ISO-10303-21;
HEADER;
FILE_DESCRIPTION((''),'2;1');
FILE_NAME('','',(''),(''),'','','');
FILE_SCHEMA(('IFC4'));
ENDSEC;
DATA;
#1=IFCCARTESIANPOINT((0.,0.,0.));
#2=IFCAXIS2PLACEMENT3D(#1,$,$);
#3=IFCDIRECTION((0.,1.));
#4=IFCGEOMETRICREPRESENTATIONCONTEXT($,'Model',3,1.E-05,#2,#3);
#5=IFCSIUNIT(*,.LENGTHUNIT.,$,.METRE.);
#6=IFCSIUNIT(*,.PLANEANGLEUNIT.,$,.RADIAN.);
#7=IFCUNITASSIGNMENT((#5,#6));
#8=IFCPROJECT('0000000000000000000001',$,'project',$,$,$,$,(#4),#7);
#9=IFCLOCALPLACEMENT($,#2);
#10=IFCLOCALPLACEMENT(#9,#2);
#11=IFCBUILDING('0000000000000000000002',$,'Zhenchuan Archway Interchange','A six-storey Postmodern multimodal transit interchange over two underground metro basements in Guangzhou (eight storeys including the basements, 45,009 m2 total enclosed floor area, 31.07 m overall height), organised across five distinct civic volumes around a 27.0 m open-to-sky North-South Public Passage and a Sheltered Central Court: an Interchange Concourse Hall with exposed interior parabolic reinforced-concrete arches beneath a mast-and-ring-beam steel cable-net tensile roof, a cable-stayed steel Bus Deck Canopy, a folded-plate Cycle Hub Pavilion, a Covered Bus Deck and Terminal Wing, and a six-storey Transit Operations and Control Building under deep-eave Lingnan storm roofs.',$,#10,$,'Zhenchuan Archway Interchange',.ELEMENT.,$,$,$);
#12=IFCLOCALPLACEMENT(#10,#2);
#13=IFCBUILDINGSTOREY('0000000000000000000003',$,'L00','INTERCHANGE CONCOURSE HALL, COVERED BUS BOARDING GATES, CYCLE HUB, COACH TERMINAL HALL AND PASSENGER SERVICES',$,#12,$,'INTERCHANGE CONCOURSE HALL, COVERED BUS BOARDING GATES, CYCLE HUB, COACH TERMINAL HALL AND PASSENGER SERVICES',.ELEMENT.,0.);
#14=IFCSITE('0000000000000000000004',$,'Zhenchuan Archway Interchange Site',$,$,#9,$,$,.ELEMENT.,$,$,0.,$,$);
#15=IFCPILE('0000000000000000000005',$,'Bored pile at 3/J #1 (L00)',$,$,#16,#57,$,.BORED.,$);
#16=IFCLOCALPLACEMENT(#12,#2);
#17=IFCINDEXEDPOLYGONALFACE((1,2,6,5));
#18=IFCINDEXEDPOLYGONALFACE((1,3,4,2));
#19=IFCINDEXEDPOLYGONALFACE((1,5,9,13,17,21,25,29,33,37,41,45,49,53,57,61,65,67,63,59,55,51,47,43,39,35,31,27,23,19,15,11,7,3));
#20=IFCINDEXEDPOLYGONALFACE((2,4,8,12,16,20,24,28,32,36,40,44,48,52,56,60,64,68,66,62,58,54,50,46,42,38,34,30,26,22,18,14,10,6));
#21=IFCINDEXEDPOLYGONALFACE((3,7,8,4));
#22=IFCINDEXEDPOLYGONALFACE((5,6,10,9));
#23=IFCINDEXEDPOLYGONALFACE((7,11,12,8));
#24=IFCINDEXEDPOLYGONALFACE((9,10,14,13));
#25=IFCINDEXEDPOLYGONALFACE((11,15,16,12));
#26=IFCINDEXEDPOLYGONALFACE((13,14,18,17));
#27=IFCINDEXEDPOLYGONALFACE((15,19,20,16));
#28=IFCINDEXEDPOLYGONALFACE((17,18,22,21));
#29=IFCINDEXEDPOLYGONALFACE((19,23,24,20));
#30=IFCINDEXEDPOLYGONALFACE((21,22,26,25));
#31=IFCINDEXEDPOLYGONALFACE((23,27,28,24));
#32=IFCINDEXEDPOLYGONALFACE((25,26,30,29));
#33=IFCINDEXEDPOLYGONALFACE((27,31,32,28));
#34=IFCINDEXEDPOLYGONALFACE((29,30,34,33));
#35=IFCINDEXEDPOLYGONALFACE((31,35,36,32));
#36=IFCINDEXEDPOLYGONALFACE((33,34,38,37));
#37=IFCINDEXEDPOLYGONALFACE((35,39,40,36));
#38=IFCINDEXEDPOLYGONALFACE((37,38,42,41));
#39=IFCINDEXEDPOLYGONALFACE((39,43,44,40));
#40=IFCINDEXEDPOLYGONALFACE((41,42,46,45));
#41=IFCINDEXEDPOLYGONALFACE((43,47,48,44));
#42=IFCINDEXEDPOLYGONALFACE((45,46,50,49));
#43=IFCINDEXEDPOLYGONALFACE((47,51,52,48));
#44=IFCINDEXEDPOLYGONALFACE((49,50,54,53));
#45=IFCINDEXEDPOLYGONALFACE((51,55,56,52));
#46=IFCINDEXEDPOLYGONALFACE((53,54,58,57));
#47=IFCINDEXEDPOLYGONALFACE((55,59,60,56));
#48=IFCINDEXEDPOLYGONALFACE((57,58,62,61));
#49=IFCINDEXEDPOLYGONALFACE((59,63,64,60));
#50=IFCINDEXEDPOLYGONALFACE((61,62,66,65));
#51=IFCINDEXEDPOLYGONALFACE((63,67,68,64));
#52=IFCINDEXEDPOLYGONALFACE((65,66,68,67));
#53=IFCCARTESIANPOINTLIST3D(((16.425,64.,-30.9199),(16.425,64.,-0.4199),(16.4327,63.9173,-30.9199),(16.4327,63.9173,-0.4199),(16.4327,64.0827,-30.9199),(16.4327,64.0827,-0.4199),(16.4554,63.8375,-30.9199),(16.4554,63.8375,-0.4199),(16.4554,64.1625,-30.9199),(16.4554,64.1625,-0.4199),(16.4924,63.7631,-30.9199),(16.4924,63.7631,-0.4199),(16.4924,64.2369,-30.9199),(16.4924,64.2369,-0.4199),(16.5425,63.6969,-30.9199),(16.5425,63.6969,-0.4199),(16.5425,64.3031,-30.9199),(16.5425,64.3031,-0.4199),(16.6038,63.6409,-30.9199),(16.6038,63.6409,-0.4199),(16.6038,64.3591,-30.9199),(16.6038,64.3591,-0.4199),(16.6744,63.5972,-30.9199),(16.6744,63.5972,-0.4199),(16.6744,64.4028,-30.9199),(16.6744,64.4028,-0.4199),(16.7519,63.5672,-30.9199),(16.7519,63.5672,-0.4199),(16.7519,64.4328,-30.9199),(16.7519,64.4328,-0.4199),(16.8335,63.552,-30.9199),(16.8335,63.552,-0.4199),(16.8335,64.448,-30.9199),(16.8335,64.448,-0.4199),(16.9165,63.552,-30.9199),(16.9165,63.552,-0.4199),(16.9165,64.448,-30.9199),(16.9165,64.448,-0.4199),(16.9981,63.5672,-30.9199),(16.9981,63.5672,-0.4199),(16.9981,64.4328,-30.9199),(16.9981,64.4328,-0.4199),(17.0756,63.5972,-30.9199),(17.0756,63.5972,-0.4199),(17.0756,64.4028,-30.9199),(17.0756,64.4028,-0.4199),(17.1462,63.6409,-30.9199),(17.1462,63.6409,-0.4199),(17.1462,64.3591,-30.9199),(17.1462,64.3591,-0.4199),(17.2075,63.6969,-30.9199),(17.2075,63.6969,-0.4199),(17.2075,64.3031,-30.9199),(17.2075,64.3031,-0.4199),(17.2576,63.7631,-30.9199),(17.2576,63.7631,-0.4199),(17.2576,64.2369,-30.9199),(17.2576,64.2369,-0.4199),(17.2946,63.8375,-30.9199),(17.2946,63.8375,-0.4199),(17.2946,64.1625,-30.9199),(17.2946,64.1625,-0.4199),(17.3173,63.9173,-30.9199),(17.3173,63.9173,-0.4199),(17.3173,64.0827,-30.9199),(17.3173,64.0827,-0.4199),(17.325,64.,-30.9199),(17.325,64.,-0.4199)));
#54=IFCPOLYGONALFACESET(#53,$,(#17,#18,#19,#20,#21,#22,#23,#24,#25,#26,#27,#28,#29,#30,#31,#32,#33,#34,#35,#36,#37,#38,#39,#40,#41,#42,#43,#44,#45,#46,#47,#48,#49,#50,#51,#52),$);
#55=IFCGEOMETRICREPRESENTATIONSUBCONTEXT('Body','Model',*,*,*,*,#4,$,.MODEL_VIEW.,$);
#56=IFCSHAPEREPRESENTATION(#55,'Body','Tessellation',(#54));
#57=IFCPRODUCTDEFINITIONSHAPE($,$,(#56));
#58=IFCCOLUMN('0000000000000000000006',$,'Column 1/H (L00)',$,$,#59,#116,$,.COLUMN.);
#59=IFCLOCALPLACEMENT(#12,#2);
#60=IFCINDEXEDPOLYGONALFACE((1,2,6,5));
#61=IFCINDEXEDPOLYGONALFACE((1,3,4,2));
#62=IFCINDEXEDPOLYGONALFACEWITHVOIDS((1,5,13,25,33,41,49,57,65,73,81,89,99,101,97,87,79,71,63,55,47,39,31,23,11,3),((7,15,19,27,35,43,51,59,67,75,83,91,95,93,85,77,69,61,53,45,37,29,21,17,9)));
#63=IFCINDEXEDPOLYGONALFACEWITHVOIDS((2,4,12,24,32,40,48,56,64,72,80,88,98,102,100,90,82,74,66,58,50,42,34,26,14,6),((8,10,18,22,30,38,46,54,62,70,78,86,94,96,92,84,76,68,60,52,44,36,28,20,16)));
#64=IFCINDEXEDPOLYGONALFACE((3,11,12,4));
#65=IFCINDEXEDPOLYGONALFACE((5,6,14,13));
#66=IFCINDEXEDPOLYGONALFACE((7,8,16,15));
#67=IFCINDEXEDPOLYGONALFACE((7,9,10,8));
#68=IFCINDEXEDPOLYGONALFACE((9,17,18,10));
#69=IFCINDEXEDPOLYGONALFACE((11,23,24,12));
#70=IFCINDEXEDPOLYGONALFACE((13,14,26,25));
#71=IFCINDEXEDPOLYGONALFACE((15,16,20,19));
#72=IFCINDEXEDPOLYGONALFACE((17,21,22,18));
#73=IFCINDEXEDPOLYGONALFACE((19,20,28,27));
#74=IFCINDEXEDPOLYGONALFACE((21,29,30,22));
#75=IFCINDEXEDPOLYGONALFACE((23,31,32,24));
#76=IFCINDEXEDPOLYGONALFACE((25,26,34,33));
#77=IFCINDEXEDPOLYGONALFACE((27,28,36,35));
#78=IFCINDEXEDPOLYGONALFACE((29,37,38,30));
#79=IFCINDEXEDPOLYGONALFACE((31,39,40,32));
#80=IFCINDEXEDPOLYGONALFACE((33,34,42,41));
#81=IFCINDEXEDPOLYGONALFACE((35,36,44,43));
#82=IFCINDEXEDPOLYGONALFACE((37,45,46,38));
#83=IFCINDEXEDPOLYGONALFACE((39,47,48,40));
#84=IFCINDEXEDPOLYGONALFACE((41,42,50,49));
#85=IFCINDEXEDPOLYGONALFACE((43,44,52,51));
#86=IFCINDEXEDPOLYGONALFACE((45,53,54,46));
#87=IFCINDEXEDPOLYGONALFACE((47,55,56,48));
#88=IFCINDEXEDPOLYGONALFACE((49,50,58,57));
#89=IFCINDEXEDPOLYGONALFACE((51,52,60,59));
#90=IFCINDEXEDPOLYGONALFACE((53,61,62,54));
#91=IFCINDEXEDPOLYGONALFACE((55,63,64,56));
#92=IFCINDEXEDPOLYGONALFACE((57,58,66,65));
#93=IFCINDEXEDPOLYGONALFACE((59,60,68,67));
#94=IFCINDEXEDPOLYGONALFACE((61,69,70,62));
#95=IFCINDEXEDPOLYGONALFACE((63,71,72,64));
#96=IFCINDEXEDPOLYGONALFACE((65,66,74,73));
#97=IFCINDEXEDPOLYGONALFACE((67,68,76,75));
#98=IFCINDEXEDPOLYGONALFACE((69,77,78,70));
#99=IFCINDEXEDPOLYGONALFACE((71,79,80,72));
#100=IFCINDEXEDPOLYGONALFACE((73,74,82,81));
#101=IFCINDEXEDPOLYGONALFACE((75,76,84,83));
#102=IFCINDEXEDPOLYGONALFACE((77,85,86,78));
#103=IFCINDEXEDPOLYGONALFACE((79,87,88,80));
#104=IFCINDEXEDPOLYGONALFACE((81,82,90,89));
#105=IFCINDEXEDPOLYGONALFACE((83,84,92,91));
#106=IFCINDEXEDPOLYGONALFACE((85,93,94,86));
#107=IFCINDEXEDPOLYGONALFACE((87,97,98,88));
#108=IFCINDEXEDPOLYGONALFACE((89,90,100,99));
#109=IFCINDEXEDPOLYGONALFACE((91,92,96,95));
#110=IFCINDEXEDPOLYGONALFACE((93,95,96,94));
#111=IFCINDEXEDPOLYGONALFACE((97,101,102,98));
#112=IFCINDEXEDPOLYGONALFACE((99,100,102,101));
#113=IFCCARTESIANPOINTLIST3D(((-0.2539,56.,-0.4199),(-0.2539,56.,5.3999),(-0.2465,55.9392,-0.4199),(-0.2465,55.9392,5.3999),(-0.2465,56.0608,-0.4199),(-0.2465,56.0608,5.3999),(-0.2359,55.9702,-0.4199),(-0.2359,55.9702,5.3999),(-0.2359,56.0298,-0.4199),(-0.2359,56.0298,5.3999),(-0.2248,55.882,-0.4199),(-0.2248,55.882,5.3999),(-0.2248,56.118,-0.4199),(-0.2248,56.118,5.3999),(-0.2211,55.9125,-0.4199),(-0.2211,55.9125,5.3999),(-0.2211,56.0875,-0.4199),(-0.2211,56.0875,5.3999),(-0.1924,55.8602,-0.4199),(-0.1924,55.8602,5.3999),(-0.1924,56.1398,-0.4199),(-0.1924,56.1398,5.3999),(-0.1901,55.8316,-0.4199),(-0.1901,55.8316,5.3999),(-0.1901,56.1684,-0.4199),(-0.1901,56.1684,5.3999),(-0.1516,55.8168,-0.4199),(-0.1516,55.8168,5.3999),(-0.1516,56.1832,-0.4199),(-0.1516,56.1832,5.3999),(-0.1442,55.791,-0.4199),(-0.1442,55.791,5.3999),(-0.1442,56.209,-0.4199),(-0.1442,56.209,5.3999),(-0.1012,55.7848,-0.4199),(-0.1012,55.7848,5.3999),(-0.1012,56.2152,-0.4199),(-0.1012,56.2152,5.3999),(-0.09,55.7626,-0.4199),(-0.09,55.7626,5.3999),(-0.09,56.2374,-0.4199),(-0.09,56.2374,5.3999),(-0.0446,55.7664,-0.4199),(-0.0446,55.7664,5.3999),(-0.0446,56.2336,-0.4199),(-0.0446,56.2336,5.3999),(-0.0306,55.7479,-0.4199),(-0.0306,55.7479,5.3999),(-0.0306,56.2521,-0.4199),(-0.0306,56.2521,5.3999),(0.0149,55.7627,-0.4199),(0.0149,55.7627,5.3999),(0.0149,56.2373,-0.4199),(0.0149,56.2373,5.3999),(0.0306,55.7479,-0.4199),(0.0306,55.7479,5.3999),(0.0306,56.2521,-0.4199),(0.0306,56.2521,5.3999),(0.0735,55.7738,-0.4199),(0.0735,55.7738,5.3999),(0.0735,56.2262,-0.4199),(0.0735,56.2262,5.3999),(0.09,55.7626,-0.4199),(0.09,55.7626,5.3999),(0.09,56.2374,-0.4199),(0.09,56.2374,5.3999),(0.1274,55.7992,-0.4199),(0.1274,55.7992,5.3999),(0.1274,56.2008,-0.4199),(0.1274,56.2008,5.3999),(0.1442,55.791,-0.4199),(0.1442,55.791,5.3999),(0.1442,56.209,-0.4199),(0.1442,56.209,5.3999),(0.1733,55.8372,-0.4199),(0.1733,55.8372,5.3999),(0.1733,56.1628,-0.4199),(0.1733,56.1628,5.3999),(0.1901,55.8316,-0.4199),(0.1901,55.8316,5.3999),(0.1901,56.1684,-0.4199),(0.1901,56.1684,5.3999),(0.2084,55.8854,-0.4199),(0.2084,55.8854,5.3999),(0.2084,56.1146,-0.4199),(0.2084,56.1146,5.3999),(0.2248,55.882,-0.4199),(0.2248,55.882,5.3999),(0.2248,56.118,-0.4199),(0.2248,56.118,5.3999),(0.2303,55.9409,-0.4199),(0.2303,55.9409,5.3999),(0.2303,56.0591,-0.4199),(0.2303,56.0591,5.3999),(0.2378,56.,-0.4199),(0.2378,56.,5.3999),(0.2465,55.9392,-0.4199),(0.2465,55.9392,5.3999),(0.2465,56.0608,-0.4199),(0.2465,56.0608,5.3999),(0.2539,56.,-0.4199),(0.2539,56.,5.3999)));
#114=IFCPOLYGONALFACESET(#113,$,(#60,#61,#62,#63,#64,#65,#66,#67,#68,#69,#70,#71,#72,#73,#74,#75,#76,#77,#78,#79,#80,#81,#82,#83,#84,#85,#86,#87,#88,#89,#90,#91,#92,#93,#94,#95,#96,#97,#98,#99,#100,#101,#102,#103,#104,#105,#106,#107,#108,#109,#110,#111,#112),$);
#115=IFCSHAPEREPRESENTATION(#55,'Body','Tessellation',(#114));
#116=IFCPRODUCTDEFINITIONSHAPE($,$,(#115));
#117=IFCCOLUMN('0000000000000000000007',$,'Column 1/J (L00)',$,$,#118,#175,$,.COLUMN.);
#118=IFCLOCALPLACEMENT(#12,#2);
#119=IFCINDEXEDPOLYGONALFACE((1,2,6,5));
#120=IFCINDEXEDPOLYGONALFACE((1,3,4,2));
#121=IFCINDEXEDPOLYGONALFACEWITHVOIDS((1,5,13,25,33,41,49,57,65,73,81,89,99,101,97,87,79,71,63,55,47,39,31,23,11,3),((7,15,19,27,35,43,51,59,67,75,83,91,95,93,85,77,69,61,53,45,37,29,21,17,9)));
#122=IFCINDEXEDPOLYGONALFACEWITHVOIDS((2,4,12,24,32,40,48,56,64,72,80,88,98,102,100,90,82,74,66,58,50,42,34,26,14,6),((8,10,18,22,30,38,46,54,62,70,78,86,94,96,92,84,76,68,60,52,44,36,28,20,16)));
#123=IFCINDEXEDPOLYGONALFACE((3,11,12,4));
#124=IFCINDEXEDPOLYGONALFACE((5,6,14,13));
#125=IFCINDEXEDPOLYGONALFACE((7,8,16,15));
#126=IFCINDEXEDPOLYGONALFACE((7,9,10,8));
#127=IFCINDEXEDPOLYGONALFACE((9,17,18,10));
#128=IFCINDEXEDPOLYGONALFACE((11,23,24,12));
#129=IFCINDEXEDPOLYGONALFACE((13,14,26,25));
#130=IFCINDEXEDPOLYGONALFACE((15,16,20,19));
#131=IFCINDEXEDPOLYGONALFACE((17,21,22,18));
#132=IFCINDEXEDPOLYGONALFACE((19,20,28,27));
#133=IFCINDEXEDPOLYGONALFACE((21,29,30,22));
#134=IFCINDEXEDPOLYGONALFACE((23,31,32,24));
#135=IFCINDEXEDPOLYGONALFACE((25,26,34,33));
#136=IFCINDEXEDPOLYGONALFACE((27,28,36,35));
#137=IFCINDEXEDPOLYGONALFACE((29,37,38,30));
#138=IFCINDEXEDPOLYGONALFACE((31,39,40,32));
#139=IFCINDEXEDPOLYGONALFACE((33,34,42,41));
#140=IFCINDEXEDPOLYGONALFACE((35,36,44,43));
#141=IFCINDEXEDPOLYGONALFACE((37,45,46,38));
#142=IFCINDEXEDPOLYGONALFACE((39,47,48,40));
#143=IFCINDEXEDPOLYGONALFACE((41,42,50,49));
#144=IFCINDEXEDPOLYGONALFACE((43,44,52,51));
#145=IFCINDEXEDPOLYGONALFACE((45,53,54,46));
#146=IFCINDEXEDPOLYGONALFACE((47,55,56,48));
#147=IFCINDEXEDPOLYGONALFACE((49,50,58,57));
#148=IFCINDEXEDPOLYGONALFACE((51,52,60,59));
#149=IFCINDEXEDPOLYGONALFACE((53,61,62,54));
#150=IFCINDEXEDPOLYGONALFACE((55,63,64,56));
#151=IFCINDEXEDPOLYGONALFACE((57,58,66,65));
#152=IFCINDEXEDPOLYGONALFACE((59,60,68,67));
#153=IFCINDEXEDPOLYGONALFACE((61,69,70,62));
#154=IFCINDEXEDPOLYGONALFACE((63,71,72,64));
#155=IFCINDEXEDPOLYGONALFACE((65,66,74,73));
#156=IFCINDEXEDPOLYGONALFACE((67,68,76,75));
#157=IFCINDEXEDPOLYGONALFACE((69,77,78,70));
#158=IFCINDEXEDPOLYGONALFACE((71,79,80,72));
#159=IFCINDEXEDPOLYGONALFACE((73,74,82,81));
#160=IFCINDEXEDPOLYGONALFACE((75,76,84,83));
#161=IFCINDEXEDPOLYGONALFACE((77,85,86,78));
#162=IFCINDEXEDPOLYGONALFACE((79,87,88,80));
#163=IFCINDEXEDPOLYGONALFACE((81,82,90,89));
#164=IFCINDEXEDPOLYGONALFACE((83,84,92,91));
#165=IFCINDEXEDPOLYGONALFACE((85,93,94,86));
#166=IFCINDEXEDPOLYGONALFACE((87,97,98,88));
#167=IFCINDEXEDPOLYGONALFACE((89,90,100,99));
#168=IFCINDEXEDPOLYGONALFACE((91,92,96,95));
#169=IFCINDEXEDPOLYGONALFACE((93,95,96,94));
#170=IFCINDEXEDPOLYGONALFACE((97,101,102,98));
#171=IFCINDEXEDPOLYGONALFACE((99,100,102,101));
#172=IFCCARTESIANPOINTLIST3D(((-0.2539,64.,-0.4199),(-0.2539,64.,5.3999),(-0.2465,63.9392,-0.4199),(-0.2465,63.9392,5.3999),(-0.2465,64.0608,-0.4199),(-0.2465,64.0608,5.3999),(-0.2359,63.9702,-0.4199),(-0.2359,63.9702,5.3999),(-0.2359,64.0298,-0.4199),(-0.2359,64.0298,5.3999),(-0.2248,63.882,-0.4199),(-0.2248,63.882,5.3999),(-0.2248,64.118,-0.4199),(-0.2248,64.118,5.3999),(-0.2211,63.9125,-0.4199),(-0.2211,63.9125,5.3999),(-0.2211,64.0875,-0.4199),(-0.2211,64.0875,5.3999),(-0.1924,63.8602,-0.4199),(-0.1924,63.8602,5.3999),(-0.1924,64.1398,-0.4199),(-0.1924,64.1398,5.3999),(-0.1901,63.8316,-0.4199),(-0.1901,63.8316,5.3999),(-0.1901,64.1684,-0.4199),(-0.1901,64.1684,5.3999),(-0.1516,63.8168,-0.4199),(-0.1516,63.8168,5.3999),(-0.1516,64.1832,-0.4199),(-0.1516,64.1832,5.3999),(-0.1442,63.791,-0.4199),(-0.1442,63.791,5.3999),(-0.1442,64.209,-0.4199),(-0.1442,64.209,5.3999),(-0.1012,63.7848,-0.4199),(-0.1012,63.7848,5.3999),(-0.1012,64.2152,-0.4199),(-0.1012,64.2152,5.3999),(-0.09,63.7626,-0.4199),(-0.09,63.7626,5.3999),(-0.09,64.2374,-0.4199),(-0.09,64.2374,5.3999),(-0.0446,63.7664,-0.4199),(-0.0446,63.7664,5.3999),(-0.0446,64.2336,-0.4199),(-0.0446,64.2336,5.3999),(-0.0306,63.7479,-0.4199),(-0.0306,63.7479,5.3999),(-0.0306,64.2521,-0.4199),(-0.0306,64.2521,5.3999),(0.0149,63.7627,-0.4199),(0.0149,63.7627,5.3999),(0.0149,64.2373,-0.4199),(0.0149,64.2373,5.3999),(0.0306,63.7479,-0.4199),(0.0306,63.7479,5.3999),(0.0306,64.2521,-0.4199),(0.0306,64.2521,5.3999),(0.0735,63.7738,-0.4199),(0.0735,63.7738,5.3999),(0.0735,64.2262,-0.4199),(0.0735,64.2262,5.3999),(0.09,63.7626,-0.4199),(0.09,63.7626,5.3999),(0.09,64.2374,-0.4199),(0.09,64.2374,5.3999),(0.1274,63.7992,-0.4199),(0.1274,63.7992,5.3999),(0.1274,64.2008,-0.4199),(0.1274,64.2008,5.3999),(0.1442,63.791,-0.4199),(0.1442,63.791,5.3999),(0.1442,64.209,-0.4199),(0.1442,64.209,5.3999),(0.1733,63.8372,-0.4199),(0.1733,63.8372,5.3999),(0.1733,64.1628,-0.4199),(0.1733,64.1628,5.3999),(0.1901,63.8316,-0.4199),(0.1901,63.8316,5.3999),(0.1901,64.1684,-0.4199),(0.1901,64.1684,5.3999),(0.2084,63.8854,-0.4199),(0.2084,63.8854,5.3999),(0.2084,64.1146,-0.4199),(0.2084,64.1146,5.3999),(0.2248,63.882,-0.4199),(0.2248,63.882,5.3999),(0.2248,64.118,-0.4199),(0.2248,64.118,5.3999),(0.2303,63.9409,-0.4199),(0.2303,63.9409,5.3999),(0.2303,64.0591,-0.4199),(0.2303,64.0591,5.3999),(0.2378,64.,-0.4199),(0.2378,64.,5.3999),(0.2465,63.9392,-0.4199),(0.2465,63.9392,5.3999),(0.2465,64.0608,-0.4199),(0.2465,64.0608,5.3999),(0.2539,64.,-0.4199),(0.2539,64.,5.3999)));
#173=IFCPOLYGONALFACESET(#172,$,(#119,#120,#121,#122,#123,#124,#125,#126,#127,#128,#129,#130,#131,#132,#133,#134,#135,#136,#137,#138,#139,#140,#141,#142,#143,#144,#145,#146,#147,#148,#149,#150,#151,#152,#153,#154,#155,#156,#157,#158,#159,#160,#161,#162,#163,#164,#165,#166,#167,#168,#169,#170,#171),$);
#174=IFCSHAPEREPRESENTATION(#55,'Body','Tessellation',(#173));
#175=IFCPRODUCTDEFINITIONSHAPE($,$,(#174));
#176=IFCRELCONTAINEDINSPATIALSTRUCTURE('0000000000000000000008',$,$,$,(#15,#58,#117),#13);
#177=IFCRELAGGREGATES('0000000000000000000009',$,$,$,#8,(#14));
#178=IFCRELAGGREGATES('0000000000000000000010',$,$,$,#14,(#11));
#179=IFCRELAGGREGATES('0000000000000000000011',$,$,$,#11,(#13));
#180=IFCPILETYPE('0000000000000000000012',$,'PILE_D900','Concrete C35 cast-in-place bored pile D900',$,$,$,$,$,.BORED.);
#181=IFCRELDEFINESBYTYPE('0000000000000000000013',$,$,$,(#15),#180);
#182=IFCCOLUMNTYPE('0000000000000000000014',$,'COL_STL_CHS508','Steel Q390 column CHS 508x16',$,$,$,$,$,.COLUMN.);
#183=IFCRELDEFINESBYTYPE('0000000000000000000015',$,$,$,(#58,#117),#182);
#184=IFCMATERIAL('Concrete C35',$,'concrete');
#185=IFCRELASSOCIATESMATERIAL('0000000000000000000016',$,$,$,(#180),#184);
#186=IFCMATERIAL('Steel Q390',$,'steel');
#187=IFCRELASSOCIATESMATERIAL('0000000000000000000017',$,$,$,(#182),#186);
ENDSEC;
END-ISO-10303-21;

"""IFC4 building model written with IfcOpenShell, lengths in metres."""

from ifc_helpers import new_model, si_unit, direction, frame, origin, origin_2d, place, context, subcontext, project, spatial, circle, hollow_circle, extrude, material, material_profile, profile_set, type_object, element, save


model = new_model("IFC4")

# Units and contexts
model_context = context("Model", 3, precision=1e-05, world=origin(), true_north=direction((0.0, 1.0)))
body_context = subcontext(model_context, "Body", "Model", "MODEL_VIEW")
ifc_project = project(units=[si_unit("LENGTHUNIT", "METRE"), si_unit("PLANEANGLEUNIT", "RADIAN")], contexts=[model_context])

# Site, building, storey
site_placement = place(None, origin())
site = spatial("IfcSite", under=ifc_project, at=site_placement, Name="Zhenchuan Archway Interchange Site", CompositionType="ELEMENT", RefElevation=0.0)
building_placement = place(site_placement, origin())
building = spatial("IfcBuilding", under=site, at=building_placement, Name="Zhenchuan Archway Interchange", Description="A six-storey Postmodern multimodal transit interchange over two underground metro basements in Guangzhou (eight storeys including the basements, 45,009 m2 total enclosed floor area, 31.07 m overall height), organised across five distinct civic volumes around a 27.0 m open-to-sky North-South Public Passage and a Sheltered Central Court: an Interchange Concourse Hall with exposed interior parabolic reinforced-concrete arches beneath a mast-and-ring-beam steel cable-net tensile roof, a cable-stayed steel Bus Deck Canopy, a folded-plate Cycle Hub Pavilion, a Covered Bus Deck and Terminal Wing, and a six-storey Transit Operations and Control Building under deep-eave Lingnan storm roofs.", LongName="Zhenchuan Archway Interchange", CompositionType="ELEMENT")
storey_placement = place(building_placement, origin())
storey = spatial("IfcBuildingStorey", under=building, at=storey_placement, Name="L00", Description="INTERCHANGE CONCOURSE HALL, COVERED BUS BOARDING GATES, CYCLE HUB, COACH TERMINAL HALL AND PASSENGER SERVICES", LongName="INTERCHANGE CONCOURSE HALL, COVERED BUS BOARDING GATES, CYCLE HUB, COACH TERMINAL HALL AND PASSENGER SERVICES", CompositionType="ELEMENT", Elevation=0.0)

# Pile
ifc_material_1 = material(Name="Concrete C35", Category="concrete")
ifc_material_profile_1 = material_profile(ifc_material_1, circle(Radius=0.45, at=origin_2d()), Name="BORED PILE 900")
ifc_profile_set_1 = profile_set([ifc_material_profile_1], Name="Concrete C35")
pile_type_1 = type_object("IfcPileType", Name="PILE_D900", Description="Concrete C35 cast-in-place bored pile D900", PredefinedType="BORED", material=ifc_profile_set_1)
pile_placement = place(storey_placement, frame((16.875, 64.0, -0.4199), z_axis=(0.0, 0.0, -1.0), x_axis=(1.0, 0.0, 0.0)))
element("IfcPile", 1, at=pile_placement, inside=storey, type_object=pile_type_1, Name="Bored pile at 3/J #1 (L00)", PredefinedType="BORED", context=body_context, shape_type="SweptSolid", body=[
    extrude(circle(Radius=0.45, at=origin_2d()), origin(), (0.0, 0.0, 1.0), 30.5),
])

# Columns
ifc_material_2 = material(Name="Steel Q390", Category="steel")
ifc_material_profile_2 = material_profile(ifc_material_2, hollow_circle(Radius=0.2539, WallThickness=0.0161, at=origin_2d()), Name="CHS 508x16")
ifc_profile_set_2 = profile_set([ifc_material_profile_2], Name="Steel Q390")
column_type_1 = type_object("IfcColumnType", Name="COL_STL_CHS508", Description="Steel Q390 column CHS 508x16", PredefinedType="COLUMN", material=ifc_profile_set_2)
for number, where, z_axis, x_axis, name in (
    (2, (0.0, 56.0, -0.4199), (0.0, 0.0, 1.0), (1.0, 0.0, 0.0), "Column 1/H (L00)"),
    (3, (0.0, 64.0, -0.4199), (0.0, 0.0, 1.0), (1.0, 0.0, 0.0), "Column 1/J (L00)"),
):
    element("IfcColumn", number, at=place(storey_placement, frame(where, z_axis=z_axis, x_axis=x_axis)), inside=storey, type_object=column_type_1, Name=name, PredefinedType="COLUMN", context=body_context, shape_type="SweptSolid", body=[
        extrude(hollow_circle(Radius=0.2539, WallThickness=0.0161, at=origin_2d()), origin(), (0.0, 0.0, 1.0), 5.8198),
    ])

save(model, "model.ifc")
